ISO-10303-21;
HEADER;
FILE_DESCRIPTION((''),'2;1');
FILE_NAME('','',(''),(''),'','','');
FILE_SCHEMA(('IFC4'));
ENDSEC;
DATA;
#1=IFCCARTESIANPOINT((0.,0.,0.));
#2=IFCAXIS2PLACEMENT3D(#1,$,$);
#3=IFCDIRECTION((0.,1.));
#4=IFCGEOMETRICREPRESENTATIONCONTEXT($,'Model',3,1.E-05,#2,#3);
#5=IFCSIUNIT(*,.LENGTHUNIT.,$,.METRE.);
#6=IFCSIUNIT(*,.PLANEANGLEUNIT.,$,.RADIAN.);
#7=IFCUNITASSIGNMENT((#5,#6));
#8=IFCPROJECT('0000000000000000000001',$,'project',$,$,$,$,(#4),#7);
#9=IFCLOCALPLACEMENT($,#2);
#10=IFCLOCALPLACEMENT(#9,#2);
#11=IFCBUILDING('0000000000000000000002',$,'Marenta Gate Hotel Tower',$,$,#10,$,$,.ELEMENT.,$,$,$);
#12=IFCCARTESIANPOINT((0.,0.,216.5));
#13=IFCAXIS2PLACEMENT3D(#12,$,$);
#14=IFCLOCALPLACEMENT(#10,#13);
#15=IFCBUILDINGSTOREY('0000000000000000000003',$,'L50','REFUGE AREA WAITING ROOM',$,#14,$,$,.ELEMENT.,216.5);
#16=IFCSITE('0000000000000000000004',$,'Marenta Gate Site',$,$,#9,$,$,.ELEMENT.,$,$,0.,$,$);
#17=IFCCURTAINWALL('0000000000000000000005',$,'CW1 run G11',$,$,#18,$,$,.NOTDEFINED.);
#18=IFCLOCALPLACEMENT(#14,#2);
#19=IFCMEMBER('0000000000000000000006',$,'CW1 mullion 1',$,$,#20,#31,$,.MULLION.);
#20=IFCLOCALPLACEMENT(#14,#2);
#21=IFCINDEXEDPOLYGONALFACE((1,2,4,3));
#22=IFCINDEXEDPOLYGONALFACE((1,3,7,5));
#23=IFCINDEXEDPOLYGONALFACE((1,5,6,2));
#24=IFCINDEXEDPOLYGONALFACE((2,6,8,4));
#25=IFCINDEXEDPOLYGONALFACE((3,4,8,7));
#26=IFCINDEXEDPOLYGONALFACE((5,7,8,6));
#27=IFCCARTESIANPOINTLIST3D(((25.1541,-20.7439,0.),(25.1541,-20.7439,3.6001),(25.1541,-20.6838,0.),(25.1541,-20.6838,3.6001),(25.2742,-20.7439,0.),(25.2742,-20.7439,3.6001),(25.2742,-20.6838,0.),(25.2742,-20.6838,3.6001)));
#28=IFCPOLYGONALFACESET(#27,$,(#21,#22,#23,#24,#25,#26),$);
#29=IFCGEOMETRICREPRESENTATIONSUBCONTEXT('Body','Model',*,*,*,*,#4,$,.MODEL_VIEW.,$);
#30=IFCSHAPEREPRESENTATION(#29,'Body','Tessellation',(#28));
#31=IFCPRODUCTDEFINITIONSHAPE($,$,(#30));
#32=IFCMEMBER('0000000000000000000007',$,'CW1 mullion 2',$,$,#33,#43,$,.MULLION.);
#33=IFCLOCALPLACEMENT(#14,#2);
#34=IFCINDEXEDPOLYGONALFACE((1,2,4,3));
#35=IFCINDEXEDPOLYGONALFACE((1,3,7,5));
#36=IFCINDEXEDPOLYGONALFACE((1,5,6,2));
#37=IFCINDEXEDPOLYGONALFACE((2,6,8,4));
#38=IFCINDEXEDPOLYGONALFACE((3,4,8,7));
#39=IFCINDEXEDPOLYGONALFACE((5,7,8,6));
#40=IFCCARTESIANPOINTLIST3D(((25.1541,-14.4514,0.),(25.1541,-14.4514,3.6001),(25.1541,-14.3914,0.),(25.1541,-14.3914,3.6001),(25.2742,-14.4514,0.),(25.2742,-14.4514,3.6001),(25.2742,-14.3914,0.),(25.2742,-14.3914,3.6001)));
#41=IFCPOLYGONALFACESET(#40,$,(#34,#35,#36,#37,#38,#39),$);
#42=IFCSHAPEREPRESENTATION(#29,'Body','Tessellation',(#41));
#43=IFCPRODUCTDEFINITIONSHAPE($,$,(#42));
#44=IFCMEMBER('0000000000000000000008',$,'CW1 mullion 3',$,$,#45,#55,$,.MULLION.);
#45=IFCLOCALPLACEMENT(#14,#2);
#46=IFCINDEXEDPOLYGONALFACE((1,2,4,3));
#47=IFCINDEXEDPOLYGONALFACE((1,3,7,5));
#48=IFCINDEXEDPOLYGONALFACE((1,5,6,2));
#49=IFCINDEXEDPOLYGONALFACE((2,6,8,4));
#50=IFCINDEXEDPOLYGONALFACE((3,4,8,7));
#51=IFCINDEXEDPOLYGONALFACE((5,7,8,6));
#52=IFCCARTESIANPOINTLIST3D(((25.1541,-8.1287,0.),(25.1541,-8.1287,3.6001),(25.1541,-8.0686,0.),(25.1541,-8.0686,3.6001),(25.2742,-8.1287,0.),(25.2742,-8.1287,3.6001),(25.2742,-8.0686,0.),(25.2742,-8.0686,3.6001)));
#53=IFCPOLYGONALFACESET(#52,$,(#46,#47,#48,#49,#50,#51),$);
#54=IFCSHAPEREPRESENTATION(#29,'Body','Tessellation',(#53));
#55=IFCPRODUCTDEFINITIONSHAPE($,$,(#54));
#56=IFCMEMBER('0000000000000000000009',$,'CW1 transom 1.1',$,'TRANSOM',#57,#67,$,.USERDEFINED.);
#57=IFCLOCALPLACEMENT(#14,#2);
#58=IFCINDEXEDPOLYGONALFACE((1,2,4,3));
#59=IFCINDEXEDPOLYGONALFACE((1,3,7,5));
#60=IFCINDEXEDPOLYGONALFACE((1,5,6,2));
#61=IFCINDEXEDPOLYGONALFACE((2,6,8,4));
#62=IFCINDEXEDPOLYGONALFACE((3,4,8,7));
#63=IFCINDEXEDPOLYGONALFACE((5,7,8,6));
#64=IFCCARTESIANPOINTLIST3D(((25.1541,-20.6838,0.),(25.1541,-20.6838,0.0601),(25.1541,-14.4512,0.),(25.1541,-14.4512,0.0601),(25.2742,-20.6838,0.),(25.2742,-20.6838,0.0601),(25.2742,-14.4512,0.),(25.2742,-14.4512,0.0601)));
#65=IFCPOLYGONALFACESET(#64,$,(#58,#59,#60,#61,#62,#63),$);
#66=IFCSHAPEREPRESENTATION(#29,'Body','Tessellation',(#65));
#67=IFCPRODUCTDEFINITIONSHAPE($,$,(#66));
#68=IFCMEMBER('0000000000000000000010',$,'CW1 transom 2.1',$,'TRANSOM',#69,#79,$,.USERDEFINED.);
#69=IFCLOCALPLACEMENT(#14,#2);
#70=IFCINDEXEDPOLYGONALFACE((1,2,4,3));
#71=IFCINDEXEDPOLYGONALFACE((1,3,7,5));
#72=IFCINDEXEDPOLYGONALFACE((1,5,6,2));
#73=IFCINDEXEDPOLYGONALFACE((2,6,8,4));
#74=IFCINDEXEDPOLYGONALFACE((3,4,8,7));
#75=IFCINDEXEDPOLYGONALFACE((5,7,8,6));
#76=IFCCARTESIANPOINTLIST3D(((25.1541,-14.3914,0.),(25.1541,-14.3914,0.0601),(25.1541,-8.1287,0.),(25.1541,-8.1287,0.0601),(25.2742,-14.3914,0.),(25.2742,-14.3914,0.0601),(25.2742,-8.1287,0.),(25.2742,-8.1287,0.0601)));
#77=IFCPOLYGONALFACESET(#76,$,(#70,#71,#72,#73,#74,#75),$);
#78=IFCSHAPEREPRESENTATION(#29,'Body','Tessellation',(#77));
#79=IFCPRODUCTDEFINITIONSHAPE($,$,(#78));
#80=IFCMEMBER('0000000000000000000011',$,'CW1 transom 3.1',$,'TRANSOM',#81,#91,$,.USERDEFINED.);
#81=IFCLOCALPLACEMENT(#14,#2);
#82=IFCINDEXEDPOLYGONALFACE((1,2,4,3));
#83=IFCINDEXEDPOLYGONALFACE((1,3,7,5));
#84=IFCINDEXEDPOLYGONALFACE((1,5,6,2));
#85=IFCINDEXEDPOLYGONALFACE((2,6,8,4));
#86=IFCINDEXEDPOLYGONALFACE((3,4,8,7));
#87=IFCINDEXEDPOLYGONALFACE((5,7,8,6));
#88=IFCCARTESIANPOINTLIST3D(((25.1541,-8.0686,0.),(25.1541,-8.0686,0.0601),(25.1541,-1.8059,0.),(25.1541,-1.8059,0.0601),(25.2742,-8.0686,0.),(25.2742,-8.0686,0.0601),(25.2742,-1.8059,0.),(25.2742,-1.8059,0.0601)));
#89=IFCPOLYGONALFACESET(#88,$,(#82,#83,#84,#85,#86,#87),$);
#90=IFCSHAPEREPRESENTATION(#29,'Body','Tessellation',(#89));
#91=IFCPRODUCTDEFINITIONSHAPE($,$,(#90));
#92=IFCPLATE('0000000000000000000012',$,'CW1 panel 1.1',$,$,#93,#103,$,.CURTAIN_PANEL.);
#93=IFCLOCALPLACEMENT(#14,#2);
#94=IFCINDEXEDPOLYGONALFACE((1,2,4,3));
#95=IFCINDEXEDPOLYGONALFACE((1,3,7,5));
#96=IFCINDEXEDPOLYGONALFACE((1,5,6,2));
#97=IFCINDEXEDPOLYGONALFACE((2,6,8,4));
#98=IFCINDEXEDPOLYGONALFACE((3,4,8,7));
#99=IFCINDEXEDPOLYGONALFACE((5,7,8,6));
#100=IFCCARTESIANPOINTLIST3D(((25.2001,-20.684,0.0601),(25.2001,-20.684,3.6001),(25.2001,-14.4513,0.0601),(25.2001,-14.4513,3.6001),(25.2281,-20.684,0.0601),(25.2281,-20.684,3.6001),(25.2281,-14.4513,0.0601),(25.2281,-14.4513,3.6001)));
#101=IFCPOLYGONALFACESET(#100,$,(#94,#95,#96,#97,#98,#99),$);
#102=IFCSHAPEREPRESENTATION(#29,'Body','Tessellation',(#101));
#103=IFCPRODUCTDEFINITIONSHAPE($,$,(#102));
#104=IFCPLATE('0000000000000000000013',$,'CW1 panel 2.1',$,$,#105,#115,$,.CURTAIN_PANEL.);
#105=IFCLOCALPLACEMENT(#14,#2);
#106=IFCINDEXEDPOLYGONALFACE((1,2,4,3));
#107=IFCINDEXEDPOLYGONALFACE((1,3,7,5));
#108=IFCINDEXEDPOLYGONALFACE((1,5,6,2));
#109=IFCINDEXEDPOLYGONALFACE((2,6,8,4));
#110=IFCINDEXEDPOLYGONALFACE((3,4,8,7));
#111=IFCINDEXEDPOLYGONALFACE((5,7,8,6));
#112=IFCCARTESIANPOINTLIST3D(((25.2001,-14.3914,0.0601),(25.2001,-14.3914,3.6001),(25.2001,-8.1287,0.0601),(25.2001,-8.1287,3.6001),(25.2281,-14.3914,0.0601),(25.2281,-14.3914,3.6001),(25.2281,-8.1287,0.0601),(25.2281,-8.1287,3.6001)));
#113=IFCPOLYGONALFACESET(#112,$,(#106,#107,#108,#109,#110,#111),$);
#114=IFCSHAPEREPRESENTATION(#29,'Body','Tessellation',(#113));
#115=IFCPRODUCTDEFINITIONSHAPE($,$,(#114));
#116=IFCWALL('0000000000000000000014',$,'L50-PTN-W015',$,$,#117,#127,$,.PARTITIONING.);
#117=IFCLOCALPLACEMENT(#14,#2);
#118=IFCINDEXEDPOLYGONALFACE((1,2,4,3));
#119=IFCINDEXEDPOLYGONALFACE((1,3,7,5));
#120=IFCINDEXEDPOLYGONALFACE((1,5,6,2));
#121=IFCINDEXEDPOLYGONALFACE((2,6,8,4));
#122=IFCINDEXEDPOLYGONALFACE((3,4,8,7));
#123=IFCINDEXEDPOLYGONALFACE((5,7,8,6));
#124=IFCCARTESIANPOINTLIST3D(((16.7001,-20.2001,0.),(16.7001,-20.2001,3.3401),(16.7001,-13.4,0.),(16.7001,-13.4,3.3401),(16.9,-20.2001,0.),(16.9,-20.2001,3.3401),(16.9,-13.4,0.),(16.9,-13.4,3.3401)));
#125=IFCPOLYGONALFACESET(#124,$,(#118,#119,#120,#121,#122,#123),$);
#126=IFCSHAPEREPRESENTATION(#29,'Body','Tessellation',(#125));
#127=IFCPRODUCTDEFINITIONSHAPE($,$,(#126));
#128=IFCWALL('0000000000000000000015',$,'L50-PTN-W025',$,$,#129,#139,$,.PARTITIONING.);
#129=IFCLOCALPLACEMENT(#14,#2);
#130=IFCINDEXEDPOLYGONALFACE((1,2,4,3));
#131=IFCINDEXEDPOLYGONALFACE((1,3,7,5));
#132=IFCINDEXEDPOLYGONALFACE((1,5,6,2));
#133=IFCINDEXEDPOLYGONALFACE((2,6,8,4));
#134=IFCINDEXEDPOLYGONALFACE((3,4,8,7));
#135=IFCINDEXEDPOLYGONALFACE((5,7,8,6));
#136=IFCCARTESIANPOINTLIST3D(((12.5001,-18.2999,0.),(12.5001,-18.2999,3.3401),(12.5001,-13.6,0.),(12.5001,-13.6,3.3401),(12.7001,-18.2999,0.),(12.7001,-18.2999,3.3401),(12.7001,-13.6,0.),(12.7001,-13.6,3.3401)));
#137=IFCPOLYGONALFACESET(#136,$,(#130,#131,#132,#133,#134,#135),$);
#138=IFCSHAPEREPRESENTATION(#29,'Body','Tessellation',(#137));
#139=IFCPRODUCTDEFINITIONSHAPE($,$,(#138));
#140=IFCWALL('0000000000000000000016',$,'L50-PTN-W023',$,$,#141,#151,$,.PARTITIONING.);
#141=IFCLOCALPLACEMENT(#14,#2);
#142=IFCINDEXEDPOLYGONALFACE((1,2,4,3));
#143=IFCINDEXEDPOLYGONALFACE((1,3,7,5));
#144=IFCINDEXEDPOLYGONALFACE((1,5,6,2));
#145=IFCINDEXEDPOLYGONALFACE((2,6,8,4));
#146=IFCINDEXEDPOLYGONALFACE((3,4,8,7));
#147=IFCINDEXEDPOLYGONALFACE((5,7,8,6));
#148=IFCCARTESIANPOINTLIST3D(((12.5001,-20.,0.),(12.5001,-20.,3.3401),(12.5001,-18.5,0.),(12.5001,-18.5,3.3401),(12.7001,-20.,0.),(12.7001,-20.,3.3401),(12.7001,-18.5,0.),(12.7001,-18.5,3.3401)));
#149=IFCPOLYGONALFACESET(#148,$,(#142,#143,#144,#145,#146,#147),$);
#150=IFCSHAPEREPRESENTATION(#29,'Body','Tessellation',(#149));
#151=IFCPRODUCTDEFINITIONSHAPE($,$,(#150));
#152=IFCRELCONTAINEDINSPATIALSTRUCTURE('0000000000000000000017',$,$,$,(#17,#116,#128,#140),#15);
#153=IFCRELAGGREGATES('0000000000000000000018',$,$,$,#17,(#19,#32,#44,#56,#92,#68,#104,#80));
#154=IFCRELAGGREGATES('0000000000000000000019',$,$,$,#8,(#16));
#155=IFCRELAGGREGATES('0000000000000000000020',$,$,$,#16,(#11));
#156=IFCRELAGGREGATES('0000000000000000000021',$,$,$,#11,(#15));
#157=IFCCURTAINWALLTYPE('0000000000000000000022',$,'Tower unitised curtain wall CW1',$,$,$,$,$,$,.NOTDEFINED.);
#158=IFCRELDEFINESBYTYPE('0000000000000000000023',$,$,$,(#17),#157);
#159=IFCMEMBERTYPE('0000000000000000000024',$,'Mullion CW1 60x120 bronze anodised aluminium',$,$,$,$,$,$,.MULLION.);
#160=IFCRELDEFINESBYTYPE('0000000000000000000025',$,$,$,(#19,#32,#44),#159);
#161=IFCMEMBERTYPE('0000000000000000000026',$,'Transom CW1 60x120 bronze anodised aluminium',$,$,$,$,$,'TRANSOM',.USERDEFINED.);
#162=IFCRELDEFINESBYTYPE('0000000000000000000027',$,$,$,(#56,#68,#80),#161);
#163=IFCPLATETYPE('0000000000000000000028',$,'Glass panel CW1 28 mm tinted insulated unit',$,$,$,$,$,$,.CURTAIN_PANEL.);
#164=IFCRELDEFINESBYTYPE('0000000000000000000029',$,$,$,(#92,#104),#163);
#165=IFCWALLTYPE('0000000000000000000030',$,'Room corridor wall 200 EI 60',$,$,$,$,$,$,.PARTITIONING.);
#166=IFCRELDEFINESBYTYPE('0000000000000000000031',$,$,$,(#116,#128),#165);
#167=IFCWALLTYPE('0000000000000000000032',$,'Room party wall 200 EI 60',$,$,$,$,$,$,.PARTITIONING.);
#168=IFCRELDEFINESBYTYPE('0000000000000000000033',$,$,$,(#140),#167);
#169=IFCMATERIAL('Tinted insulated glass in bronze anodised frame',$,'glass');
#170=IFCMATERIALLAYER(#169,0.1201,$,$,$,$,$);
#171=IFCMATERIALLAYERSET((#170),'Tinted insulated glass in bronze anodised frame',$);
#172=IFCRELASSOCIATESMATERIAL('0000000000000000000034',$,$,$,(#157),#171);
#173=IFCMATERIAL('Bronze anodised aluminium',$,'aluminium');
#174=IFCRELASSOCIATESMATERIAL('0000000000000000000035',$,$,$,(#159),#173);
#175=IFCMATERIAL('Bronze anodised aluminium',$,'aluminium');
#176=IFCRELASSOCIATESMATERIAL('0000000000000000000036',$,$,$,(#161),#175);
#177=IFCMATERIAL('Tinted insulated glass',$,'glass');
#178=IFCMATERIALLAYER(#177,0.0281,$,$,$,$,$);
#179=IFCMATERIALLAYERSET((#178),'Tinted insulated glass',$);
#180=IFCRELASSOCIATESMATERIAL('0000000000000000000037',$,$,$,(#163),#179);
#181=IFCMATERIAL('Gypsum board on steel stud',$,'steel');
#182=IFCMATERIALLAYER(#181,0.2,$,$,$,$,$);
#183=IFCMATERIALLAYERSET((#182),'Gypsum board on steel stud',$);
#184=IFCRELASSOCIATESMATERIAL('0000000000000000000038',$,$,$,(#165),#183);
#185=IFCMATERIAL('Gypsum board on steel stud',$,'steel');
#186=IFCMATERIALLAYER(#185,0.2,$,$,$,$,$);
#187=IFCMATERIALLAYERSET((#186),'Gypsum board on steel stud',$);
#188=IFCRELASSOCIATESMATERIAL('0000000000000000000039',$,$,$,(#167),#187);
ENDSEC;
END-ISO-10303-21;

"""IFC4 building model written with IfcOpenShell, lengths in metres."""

from ifc_helpers import new_model, si_unit, direction, frame, frame_2d, origin, origin_2d, place, context, subcontext, project, spatial, rectangle, extrude, material, layer, layer_set, material_profile, profile_set, type_object, element, aggregate, save


model = new_model("IFC4")

# Units and contexts
model_context = context("Model", 3, precision=1e-05, world=origin(), true_north=direction((0.0, 1.0)))
body_context = subcontext(model_context, "Body", "Model", "MODEL_VIEW")
ifc_project = project(units=[si_unit("LENGTHUNIT", "METRE"), si_unit("PLANEANGLEUNIT", "RADIAN")], contexts=[model_context])

# Site, building, storey
site_placement = place(None, origin())
site = spatial("IfcSite", under=ifc_project, at=site_placement, Name="Marenta Gate Site", CompositionType="ELEMENT", RefElevation=0.0)
building_placement = place(site_placement, origin())
building = spatial("IfcBuilding", under=site, at=building_placement, Name="Marenta Gate Hotel Tower", CompositionType="ELEMENT")
storey_placement = place(building_placement, frame((0.0, 0.0, 216.5)))
storey = spatial("IfcBuildingStorey", under=building, at=storey_placement, Name="L50", Description="REFUGE AREA WAITING ROOM", CompositionType="ELEMENT", Elevation=216.5)

# Curtain wall, members, plates
ifc_material_1 = material(Name="Tinted insulated glass in bronze anodised frame", Category="glass")
ifc_layer_1 = layer(ifc_material_1, 0.1201)
ifc_layer_set_1 = layer_set([ifc_layer_1], Name="Tinted insulated glass in bronze anodised frame")
curtain_wall_type = type_object("IfcCurtainWallType", Name="Tower unitised curtain wall CW1", PredefinedType="NOTDEFINED", material=ifc_layer_set_1)
curtain_wall_placement = place(storey_placement, origin())
curtain_wall = element("IfcCurtainWall", 1, at=curtain_wall_placement, inside=storey, type_object=curtain_wall_type, Name="CW1 run G11", PredefinedType="NOTDEFINED")
ifc_material_2 = material(Name="Bronze anodised aluminium", Category="aluminium")
ifc_material_profile_1 = material_profile(ifc_material_2, rectangle(XDim=0.1201, YDim=0.0601, at=origin_2d()), Name="Mullion CW1 60x120 bronze anodised aluminium")
ifc_profile_set_1 = profile_set([ifc_material_profile_1], Name="Bronze anodised aluminium")
member_type_1 = type_object("IfcMemberType", Name="Mullion CW1 60x120 bronze anodised aluminium", PredefinedType="MULLION", material=ifc_profile_set_1)
member_1_placement = place(storey_placement, frame((25.2141, -20.7139, 0.0), z_axis=(0.0, 0.0, 1.0), x_axis=(-1.0, 0.0, 0.0)))
member_1 = element("IfcMember", 2, at=member_1_placement, type_object=member_type_1, Name="CW1 mullion 1", PredefinedType="MULLION", context=body_context, shape_type="SweptSolid", body=[
    extrude(rectangle(XDim=0.1201, YDim=0.0601, at=origin_2d()), origin(), (0.0, 0.0, 1.0), 3.6001),
])
member_2_placement = place(storey_placement, frame((25.2141, -14.4214, 0.0), z_axis=(0.0, 0.0, 1.0), x_axis=(-1.0, 0.0, 0.0)))
member_2 = element("IfcMember", 3, at=member_2_placement, type_object=member_type_1, Name="CW1 mullion 2", PredefinedType="MULLION", context=body_context, shape_type="SweptSolid", body=[
    extrude(rectangle(XDim=0.1201, YDim=0.0601, at=origin_2d()), origin(), (0.0, 0.0, 1.0), 3.6001),
])
member_3_placement = place(storey_placement, frame((25.2141, -8.0986, 0.0), z_axis=(0.0, 0.0, 1.0), x_axis=(-1.0, 0.0, 0.0)))
member_3 = element("IfcMember", 4, at=member_3_placement, type_object=member_type_1, Name="CW1 mullion 3", PredefinedType="MULLION", context=body_context, shape_type="SweptSolid", body=[
    extrude(rectangle(XDim=0.1201, YDim=0.0601, at=origin_2d()), origin(), (0.0, 0.0, 1.0), 3.6001),
])
ifc_material_3 = material(Name="Bronze anodised aluminium", Category="aluminium")
ifc_material_profile_2 = material_profile(ifc_material_3, rectangle(XDim=0.1201, YDim=0.0601, at=origin_2d()), Name="Transom CW1 60x120 bronze anodised aluminium")
ifc_profile_set_2 = profile_set([ifc_material_profile_2], Name="Bronze anodised aluminium")
member_type_2 = type_object("IfcMemberType", Name="Transom CW1 60x120 bronze anodised aluminium", ElementType="TRANSOM", PredefinedType="USERDEFINED", material=ifc_profile_set_2)
member_4_placement = place(storey_placement, frame((25.2141, -20.6838, 0.03), z_axis=(0.0, 1.0, 0.0), x_axis=(-1.0, 0.0, 0.0)))
member_4 = element("IfcMember", 5, at=member_4_placement, type_object=member_type_2, Name="CW1 transom 1.1", ObjectType="TRANSOM", PredefinedType="USERDEFINED", context=body_context, shape_type="SweptSolid", body=[
    extrude(rectangle(XDim=0.1201, YDim=0.0601, at=origin_2d()), origin(), (0.0, 0.0, 1.0), 6.2327),
])
member_5_placement = place(storey_placement, frame((25.2141, -14.3914, 0.03), z_axis=(0.0, 1.0, 0.0), x_axis=(-1.0, 0.0, 0.0)))
member_5 = element("IfcMember", 6, at=member_5_placement, type_object=member_type_2, Name="CW1 transom 2.1", ObjectType="TRANSOM", PredefinedType="USERDEFINED", context=body_context, shape_type="SweptSolid", body=[
    extrude(rectangle(XDim=0.1201, YDim=0.0601, at=origin_2d()), origin(), (0.0, 0.0, 1.0), 6.2627),
])
member_6_placement = place(storey_placement, frame((25.2141, -8.0686, 0.03), z_axis=(0.0, 1.0, 0.0), x_axis=(-1.0, 0.0, 0.0)))
member_6 = element("IfcMember", 7, at=member_6_placement, type_object=member_type_2, Name="CW1 transom 3.1", ObjectType="TRANSOM", PredefinedType="USERDEFINED", context=body_context, shape_type="SweptSolid", body=[
    extrude(rectangle(XDim=0.1201, YDim=0.0601, at=origin_2d()), origin(), (0.0, 0.0, 1.0), 6.2627),
])
ifc_material_4 = material(Name="Tinted insulated glass", Category="glass")
ifc_layer_2 = layer(ifc_material_4, 0.0281)
ifc_layer_set_2 = layer_set([ifc_layer_2], Name="Tinted insulated glass")
plate_type = type_object("IfcPlateType", Name="Glass panel CW1 28 mm tinted insulated unit", PredefinedType="CURTAIN_PANEL", material=ifc_layer_set_2)
plate_1_placement = place(storey_placement, frame((25.2141, -17.5676, 0.0601), z_axis=(0.0, 0.0, 1.0), x_axis=(0.0, 1.0, 0.0)))
plate_1 = element("IfcPlate", 8, at=plate_1_placement, type_object=plate_type, Name="CW1 panel 1.1", PredefinedType="CURTAIN_PANEL", context=body_context, shape_type="SweptSolid", body=[
    extrude(rectangle(XDim=6.2327, YDim=0.0281, at=origin_2d()), origin(), (0.0, 0.0, 1.0), 3.54),
])
plate_2_placement = place(storey_placement, frame((25.2141, -11.26, 0.0601), z_axis=(0.0, 0.0, 1.0), x_axis=(0.0, 1.0, 0.0)))
plate_2 = element("IfcPlate", 9, at=plate_2_placement, type_object=plate_type, Name="CW1 panel 2.1", PredefinedType="CURTAIN_PANEL", context=body_context, shape_type="SweptSolid", body=[
    extrude(rectangle(XDim=6.2627, YDim=0.0281, at=origin_2d()), origin(), (0.0, 0.0, 1.0), 3.54),
])
aggregate(curtain_wall, [member_1, member_2, member_3, member_4, plate_1, member_5, plate_2, member_6])

# Wall
ifc_material_5 = material(Name="Gypsum board on steel stud", Category="steel")
ifc_layer_3 = layer(ifc_material_5, 0.2)
ifc_layer_set_3 = layer_set([ifc_layer_3], Name="Gypsum board on steel stud")
wall_type_1 = type_object("IfcWallType", Name="Room corridor wall 200 EI 60", PredefinedType="PARTITIONING", material=ifc_layer_set_3)
wall_1_placement = place(storey_placement, frame((16.8, -20.2, 0.0), z_axis=(0.0, 0.0, 1.0), x_axis=(0.0, 1.0, 0.0)))
element("IfcWall", 10, at=wall_1_placement, inside=storey, type_object=wall_type_1, Name="L50-PTN-W015", PredefinedType="PARTITIONING", context=body_context, shape_type="SweptSolid", body=[
    extrude(rectangle(XDim=6.8, YDim=0.2, at=frame_2d((3.3999, 0.0))), origin(), (0.0, 0.0, 1.0), 3.3401),
])

# Walls
wall_2_placement = place(storey_placement, frame((12.6001, -18.3, 0.0), z_axis=(0.0, 0.0, 1.0), x_axis=(0.0, 1.0, 0.0)))
element("IfcWall", 11, at=wall_2_placement, inside=storey, type_object=wall_type_1, Name="L50-PTN-W025", PredefinedType="PARTITIONING", context=body_context, shape_type="SweptSolid", body=[
    extrude(rectangle(XDim=4.7, YDim=0.2, at=frame_2d((2.3501, 0.0))), origin(), (0.0, 0.0, 1.0), 3.3401),
])
ifc_material_6 = material(Name="Gypsum board on steel stud", Category="steel")
ifc_layer_4 = layer(ifc_material_6, 0.2)
ifc_layer_set_4 = layer_set([ifc_layer_4], Name="Gypsum board on steel stud")
wall_type_2 = type_object("IfcWallType", Name="Room party wall 200 EI 60", PredefinedType="PARTITIONING", material=ifc_layer_set_4)
wall_3_placement = place(storey_placement, frame((12.6001, -20.0, 0.0), z_axis=(0.0, 0.0, 1.0), x_axis=(0.0, 1.0, 0.0)))
element("IfcWall", 12, at=wall_3_placement, inside=storey, type_object=wall_type_2, Name="L50-PTN-W023", PredefinedType="PARTITIONING", context=body_context, shape_type="SweptSolid", body=[
    extrude(rectangle(XDim=1.5, YDim=0.2, at=frame_2d((0.75, 0.0))), origin(), (0.0, 0.0, 1.0), 3.3401),
])

save(model, "model.ifc")
